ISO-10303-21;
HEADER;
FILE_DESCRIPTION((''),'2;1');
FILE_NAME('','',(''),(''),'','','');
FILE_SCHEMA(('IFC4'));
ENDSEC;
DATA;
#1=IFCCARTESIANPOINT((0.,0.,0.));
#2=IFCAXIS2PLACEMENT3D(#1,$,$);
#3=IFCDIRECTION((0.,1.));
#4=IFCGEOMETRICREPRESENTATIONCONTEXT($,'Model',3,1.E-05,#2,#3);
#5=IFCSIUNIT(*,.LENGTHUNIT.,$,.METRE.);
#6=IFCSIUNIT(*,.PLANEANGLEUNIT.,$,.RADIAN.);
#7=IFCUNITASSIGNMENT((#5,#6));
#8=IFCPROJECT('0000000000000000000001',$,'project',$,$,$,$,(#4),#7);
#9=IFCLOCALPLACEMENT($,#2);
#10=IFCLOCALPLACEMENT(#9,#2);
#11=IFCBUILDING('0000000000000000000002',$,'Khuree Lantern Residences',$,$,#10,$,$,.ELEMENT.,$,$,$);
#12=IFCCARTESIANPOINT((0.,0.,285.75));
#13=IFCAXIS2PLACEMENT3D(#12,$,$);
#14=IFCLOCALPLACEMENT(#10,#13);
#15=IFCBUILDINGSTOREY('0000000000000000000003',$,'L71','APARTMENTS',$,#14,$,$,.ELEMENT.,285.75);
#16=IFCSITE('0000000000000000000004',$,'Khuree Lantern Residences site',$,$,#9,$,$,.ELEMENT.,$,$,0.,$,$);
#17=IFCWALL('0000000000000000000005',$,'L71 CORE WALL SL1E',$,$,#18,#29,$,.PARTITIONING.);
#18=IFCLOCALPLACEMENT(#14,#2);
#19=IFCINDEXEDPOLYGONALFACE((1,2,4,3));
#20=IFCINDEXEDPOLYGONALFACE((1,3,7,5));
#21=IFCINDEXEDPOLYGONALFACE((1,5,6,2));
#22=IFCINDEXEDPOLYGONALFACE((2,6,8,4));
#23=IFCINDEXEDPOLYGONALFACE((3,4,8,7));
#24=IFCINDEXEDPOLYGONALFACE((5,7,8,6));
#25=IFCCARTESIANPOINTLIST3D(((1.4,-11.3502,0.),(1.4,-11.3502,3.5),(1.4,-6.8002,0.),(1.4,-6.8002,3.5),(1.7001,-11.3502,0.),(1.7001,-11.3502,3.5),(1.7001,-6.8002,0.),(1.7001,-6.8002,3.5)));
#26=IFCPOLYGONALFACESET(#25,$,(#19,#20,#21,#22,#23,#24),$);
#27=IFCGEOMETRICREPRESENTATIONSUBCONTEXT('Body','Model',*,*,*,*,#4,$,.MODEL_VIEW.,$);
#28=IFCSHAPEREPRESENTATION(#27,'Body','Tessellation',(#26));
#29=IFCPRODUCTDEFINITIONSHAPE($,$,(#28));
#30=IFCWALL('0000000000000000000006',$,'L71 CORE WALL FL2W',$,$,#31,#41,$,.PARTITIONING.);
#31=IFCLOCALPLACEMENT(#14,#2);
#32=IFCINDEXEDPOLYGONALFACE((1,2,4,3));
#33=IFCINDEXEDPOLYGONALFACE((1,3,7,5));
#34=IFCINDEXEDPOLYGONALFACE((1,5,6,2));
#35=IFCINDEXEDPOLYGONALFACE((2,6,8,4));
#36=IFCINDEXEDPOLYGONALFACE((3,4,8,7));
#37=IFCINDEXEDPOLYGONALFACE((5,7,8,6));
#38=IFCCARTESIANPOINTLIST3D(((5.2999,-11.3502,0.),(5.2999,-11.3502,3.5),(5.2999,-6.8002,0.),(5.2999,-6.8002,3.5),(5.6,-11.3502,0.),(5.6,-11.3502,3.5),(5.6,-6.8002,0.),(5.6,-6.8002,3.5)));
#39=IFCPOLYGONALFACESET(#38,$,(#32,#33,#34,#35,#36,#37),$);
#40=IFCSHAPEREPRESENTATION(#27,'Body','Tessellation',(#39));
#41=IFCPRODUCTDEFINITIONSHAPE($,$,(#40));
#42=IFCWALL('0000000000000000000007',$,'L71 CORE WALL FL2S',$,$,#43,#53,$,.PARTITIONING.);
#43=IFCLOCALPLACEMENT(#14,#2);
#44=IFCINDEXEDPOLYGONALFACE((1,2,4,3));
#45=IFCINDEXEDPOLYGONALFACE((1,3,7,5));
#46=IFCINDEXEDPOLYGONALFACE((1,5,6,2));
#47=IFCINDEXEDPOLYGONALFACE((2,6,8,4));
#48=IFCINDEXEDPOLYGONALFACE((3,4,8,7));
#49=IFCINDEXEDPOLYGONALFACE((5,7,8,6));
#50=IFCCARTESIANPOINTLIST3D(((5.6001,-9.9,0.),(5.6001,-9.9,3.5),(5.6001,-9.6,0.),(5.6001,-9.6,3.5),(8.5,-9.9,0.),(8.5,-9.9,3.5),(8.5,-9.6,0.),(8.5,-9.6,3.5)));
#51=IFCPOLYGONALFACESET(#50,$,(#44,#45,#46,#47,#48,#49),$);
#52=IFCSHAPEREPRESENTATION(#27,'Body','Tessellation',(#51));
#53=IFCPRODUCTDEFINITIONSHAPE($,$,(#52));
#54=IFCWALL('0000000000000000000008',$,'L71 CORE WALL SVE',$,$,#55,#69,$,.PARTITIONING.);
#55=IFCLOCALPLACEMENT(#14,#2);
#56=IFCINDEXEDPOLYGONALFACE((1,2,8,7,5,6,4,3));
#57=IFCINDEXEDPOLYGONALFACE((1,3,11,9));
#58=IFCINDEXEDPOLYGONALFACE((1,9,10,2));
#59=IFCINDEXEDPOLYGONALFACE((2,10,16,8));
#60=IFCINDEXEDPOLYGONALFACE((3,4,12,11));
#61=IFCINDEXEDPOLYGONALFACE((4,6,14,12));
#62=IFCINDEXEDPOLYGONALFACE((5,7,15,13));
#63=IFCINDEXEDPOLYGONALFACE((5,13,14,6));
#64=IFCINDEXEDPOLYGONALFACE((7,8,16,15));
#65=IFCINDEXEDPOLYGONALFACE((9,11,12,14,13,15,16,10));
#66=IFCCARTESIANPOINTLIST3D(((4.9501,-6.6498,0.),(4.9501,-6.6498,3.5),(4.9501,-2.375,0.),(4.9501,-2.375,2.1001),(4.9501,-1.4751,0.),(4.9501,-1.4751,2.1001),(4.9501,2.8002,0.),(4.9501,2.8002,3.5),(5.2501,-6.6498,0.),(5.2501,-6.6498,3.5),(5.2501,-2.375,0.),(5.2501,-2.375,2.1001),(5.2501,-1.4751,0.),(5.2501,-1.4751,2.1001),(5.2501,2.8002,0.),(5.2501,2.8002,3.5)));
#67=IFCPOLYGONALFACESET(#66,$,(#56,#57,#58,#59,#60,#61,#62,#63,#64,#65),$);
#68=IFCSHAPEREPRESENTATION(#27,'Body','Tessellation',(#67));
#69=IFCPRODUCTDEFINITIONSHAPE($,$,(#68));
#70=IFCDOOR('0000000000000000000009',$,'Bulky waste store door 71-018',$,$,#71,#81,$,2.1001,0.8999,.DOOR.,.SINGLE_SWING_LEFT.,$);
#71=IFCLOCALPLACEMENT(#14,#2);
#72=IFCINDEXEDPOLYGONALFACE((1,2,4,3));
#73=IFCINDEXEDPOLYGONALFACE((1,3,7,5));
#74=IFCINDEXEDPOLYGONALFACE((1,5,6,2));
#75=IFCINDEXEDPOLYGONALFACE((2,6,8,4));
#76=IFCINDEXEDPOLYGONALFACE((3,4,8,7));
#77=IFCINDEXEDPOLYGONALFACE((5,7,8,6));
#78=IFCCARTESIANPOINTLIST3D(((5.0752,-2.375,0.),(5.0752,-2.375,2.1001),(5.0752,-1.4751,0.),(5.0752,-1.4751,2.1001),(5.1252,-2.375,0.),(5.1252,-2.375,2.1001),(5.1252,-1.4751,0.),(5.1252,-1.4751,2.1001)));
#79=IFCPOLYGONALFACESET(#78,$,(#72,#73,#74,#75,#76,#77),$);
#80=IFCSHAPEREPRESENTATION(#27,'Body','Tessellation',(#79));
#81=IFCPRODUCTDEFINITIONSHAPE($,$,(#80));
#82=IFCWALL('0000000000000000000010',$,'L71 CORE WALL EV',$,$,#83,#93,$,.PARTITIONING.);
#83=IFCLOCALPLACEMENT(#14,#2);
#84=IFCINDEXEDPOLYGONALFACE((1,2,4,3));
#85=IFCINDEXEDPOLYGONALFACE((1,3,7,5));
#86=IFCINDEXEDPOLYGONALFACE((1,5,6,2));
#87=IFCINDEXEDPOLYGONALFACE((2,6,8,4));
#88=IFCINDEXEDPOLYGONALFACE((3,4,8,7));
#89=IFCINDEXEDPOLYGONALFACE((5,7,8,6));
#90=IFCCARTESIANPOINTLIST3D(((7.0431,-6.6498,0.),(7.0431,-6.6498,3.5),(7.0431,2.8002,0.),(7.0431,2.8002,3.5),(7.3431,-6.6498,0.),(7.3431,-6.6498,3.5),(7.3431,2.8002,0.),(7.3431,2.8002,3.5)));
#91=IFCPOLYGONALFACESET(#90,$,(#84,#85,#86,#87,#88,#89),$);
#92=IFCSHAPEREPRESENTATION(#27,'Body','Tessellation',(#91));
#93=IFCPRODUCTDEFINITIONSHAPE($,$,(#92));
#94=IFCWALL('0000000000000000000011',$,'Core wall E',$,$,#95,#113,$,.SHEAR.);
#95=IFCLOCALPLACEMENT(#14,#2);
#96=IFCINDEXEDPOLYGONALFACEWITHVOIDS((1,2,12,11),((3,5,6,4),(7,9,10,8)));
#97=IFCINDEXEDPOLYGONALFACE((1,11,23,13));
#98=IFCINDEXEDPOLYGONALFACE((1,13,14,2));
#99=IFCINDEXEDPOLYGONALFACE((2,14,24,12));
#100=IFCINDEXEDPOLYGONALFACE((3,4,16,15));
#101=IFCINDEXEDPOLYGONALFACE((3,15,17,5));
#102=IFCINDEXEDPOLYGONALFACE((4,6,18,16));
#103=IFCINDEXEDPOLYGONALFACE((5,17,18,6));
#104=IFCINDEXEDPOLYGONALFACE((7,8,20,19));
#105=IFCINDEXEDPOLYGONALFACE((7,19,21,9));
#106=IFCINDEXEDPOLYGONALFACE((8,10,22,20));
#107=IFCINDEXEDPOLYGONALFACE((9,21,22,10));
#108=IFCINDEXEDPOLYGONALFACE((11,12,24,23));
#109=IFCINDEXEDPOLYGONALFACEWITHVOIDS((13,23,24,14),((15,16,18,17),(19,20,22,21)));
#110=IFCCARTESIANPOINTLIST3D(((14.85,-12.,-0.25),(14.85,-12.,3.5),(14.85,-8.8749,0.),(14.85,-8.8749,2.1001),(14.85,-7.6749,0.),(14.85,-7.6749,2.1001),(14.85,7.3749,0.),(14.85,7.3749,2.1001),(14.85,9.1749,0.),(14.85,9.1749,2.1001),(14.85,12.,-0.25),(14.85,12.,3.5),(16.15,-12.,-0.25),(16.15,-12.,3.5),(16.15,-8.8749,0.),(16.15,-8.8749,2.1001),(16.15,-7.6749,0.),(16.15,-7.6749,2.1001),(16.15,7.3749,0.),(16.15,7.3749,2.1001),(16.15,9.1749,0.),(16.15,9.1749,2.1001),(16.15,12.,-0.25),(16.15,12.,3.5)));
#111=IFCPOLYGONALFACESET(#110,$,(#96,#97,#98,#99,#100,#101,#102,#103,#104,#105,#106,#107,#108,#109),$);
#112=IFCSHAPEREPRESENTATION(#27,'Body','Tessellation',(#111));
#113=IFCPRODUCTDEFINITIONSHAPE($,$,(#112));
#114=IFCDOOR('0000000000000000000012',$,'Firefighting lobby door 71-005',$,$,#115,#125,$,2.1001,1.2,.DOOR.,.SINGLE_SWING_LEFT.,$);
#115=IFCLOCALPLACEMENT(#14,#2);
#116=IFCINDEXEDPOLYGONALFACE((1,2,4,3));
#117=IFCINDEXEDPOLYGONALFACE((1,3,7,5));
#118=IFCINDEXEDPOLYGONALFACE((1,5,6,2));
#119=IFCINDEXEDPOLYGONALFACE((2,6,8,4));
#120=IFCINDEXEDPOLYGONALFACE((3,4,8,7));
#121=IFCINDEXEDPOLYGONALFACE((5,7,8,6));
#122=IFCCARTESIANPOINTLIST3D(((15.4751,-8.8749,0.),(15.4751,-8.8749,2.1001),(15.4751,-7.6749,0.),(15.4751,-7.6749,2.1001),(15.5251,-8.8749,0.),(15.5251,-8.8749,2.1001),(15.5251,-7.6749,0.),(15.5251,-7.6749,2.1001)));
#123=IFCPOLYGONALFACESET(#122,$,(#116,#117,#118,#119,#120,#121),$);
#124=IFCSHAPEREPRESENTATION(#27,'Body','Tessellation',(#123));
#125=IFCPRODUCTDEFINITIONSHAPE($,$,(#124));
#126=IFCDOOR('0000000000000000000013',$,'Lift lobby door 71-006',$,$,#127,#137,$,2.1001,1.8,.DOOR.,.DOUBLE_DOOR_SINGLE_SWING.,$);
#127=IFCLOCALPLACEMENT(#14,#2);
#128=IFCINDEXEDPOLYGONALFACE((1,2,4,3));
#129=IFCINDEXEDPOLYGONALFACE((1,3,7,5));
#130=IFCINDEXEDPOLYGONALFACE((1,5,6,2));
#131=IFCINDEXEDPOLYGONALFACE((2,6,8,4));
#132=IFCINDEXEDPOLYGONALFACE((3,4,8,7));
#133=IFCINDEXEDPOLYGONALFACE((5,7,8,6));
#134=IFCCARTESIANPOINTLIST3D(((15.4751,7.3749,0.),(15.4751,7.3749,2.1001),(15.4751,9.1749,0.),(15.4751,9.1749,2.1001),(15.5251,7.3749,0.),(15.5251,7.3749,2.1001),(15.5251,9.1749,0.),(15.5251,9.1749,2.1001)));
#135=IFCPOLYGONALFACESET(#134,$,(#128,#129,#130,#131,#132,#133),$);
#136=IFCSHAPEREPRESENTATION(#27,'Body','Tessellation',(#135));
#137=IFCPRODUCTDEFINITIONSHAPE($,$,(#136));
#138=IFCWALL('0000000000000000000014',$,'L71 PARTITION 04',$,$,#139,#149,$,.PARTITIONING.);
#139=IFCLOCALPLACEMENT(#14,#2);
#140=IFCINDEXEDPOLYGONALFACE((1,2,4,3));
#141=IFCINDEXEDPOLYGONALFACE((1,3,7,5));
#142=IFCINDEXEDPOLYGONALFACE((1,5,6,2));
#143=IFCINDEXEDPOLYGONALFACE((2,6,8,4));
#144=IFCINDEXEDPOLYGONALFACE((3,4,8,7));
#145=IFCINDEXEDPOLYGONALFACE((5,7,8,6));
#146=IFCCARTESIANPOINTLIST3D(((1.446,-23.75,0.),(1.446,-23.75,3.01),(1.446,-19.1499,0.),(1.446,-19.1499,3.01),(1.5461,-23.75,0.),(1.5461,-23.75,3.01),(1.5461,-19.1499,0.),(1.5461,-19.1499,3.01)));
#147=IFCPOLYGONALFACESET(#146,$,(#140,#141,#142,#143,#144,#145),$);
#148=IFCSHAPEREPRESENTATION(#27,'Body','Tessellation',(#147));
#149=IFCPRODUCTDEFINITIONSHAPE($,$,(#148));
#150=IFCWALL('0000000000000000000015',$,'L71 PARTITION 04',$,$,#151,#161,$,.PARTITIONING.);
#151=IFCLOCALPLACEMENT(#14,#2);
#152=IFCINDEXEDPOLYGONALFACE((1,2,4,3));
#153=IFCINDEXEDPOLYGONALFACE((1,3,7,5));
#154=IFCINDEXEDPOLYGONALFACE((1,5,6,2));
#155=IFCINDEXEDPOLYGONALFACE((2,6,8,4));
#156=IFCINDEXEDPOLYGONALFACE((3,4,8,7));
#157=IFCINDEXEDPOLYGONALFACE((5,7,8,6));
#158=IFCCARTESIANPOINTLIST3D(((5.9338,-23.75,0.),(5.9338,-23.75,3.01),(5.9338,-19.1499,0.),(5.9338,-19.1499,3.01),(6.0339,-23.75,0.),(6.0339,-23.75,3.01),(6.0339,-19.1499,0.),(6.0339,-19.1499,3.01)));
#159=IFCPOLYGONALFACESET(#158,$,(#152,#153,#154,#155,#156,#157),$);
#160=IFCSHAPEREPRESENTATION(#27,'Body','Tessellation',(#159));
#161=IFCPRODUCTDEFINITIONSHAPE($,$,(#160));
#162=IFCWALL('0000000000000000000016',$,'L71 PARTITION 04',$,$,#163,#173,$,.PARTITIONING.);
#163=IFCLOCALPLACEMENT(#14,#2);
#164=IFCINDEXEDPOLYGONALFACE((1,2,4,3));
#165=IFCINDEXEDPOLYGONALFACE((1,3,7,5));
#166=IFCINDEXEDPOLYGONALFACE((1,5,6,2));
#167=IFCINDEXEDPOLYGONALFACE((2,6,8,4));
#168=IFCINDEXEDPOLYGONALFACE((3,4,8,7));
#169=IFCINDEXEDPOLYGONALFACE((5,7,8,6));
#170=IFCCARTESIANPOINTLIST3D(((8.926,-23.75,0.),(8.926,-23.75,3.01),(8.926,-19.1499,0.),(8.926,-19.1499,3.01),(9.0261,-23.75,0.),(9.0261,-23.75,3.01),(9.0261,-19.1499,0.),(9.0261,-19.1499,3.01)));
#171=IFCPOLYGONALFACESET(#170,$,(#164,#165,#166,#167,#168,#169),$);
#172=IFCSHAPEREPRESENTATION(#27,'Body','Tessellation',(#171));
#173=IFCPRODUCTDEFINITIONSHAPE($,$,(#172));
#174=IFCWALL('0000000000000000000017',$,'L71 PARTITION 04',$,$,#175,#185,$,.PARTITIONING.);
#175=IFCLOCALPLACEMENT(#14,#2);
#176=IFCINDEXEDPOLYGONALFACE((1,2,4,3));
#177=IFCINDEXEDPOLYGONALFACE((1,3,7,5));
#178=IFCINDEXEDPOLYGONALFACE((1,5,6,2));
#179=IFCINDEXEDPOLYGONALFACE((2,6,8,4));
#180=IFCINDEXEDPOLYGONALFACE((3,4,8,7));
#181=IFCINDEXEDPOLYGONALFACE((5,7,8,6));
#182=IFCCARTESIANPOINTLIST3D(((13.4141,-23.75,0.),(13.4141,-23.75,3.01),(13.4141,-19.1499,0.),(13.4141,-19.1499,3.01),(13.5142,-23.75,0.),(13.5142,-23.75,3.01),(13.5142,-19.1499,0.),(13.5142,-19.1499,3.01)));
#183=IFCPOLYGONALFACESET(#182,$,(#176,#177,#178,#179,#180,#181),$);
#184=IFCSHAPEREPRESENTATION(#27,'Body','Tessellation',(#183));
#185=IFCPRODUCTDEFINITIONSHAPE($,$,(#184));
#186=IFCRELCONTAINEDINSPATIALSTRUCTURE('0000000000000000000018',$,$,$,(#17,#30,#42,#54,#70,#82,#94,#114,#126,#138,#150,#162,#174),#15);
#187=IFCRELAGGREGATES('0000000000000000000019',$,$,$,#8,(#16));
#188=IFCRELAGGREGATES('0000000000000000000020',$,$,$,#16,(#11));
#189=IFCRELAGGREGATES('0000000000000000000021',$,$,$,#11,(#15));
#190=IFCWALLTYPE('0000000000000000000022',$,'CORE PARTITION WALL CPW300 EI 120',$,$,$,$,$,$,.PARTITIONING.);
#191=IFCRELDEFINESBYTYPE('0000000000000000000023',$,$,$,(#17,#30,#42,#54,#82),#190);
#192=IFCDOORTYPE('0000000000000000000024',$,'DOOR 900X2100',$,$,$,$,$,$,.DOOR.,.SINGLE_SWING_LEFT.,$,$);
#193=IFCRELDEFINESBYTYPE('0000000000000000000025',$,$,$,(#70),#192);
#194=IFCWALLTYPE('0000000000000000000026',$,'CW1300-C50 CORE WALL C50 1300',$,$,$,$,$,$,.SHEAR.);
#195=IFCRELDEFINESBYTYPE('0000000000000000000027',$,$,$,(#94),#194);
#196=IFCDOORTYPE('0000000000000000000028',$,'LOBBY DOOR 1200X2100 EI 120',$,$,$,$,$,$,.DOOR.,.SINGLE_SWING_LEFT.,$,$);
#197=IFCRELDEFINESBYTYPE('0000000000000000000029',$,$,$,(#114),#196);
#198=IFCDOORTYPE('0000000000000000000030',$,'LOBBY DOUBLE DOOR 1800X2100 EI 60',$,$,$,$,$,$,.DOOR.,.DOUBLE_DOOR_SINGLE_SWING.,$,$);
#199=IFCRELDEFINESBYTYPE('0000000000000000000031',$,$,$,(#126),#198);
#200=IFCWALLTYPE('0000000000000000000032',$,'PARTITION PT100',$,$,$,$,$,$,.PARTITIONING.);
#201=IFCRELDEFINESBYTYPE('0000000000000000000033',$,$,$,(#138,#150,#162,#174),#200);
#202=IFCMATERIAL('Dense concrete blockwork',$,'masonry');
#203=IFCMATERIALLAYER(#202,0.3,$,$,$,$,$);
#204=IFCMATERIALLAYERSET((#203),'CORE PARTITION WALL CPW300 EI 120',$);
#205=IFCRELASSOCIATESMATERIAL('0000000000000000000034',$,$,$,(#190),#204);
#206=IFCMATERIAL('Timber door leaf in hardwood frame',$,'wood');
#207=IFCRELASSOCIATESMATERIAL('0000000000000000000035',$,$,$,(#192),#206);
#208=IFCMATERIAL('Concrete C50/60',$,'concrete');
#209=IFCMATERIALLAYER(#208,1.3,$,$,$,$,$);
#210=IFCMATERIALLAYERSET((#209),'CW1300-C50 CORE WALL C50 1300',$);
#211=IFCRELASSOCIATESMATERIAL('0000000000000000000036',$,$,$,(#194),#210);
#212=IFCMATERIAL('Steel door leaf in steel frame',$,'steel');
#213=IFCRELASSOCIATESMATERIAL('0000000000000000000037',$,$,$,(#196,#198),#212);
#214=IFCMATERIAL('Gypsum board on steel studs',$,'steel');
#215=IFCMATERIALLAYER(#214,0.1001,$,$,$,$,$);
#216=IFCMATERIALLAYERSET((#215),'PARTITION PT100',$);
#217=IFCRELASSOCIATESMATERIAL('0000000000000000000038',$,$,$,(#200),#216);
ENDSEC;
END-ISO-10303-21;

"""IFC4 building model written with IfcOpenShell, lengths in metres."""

from ifc_helpers import new_model, si_unit, direction, frame, frame_2d, origin, place, context, subcontext, project, spatial, rectangle, extrude, material, layer, layer_set, type_object, element, fill, save


model = new_model("IFC4")

# Units and contexts
model_context = context("Model", 3, precision=1e-05, world=origin(), true_north=direction((0.0, 1.0)))
body_context = subcontext(model_context, "Body", "Model", "MODEL_VIEW")
ifc_project = project(units=[si_unit("LENGTHUNIT", "METRE"), si_unit("PLANEANGLEUNIT", "RADIAN")], contexts=[model_context])

# Site, building, storey
site_placement = place(None, origin())
site = spatial("IfcSite", under=ifc_project, at=site_placement, Name="Khuree Lantern Residences site", CompositionType="ELEMENT", RefElevation=0.0)
building_placement = place(site_placement, origin())
building = spatial("IfcBuilding", under=site, at=building_placement, Name="Khuree Lantern Residences", CompositionType="ELEMENT")
storey_placement = place(building_placement, frame((0.0, 0.0, 285.75)))
storey = spatial("IfcBuildingStorey", under=building, at=storey_placement, Name="L71", Description="APARTMENTS", CompositionType="ELEMENT", Elevation=285.75)

# Shared definitions
ifc_material_1 = material(Name="Concrete C50/60", Category="concrete")

# Shared definitions
ifc_material_2 = material(Name="Dense concrete blockwork", Category="masonry")
ifc_layer_1 = layer(ifc_material_2, 0.3)
ifc_layer_set_1 = layer_set([ifc_layer_1], Name="CORE PARTITION WALL CPW300 EI 120")
wall_type_1 = type_object("IfcWallType", Name="CORE PARTITION WALL CPW300 EI 120", PredefinedType="PARTITIONING", material=ifc_layer_set_1)

# Walls
for number, where, z_axis, x_axis, name in (
    (1, (1.55, -11.3501, 0.0), (0.0, 0.0, 1.0), (0.0, 1.0, 0.0), "L71 CORE WALL SL1E"),
    (2, (5.45, -11.3501, 0.0), (0.0, 0.0, 1.0), (0.0, 1.0, 0.0), "L71 CORE WALL FL2W"),
):
    element("IfcWall", number, at=place(storey_placement, frame(where, z_axis=z_axis, x_axis=x_axis)), inside=storey, type_object=wall_type_1, Name=name, PredefinedType="PARTITIONING", context=body_context, shape_type="SweptSolid", body=[
        extrude(rectangle(XDim=4.55, YDim=0.3, at=frame_2d((2.2749, 0.0))), origin(), (0.0, 0.0, 1.0), 3.5),
    ])
wall_1_placement = place(storey_placement, frame((5.6001, -9.75, 0.0), z_axis=(0.0, 0.0, 1.0), x_axis=(1.0, 0.0, 0.0)))
element("IfcWall", 3, at=wall_1_placement, inside=storey, type_object=wall_type_1, Name="L71 CORE WALL FL2S", PredefinedType="PARTITIONING", context=body_context, shape_type="SweptSolid", body=[
    extrude(rectangle(XDim=2.8999, YDim=0.3, at=frame_2d((1.45, 0.0))), origin(), (0.0, 0.0, 1.0), 3.5),
])

# Wall, opening, door
wall_2_placement = place(storey_placement, frame((5.1001, -6.6499, 0.0), z_axis=(0.0, 0.0, 1.0), x_axis=(0.0, 1.0, 0.0)))
wall_2 = element("IfcWall", 4, at=wall_2_placement, inside=storey, type_object=wall_type_1, Name="L71 CORE WALL SVE", PredefinedType="PARTITIONING", context=body_context, shape_type="SweptSolid", body=[
    extrude(rectangle(XDim=9.45, YDim=0.3, at=frame_2d((4.7251, 0.0))), origin(), (0.0, 0.0, 1.0), 3.5),
])
opening_1_placement = place(wall_2_placement, frame((4.2749, 0.0, 0.0)))
opening_1 = element("IfcOpeningElement", 5, at=opening_1_placement, cuts=wall_2, PredefinedType="OPENING", context=body_context, shape_type="SweptSolid", body=[
    extrude(rectangle(XDim=0.8999, YDim=2.1001, at=frame_2d((0.45, 1.05))), frame((0.0, 0.1602, 0.0), z_axis=(0.0, -1.0, 0.0), x_axis=(1.0, 0.0, 0.0)), (0.0, 0.0, 1.0), 0.3201),
])
ifc_material_3 = material(Name="Timber door leaf in hardwood frame", Category="wood")
door_type_1 = type_object("IfcDoorType", Name="DOOR 900X2100", OperationType="SINGLE_SWING_LEFT", PredefinedType="DOOR", material=ifc_material_3)
door_1_placement = place(opening_1_placement, origin())
door_1 = element("IfcDoor", 6, at=door_1_placement, inside=storey, type_object=door_type_1, Name="Bulky waste store door 71-018", OperationType="SINGLE_SWING_LEFT", OverallHeight=2.1001, OverallWidth=0.8999, PredefinedType="DOOR", context=body_context, shape_type="SweptSolid", body=[
    extrude(rectangle(XDim=0.8999, YDim=2.1001, at=frame_2d((0.45, 1.05))), frame((0.0, 0.0249, 0.0), z_axis=(0.0, -1.0, 0.0), x_axis=(1.0, 0.0, 0.0)), (0.0, 0.0, 1.0), 0.05),
])
fill(opening_1, door_1)

# Wall
wall_3_placement = place(storey_placement, frame((7.1931, -6.6499, 0.0), z_axis=(0.0, 0.0, 1.0), x_axis=(0.0, 1.0, 0.0)))
element("IfcWall", 7, at=wall_3_placement, inside=storey, type_object=wall_type_1, Name="L71 CORE WALL EV", PredefinedType="PARTITIONING", context=body_context, shape_type="SweptSolid", body=[
    extrude(rectangle(XDim=9.45, YDim=0.3, at=frame_2d((4.7251, 0.0))), origin(), (0.0, 0.0, 1.0), 3.5),
])

# Wall, openings, doors
ifc_layer_2 = layer(ifc_material_1, 1.3)
ifc_layer_set_2 = layer_set([ifc_layer_2], Name="CW1300-C50 CORE WALL C50 1300")
wall_type_2 = type_object("IfcWallType", Name="CW1300-C50 CORE WALL C50 1300", PredefinedType="SHEAR", material=ifc_layer_set_2)
wall_4_placement = place(storey_placement, frame((15.5, -12.0, -0.25), z_axis=(0.0, 0.0, 1.0), x_axis=(0.0, 1.0, 0.0)))
wall_4 = element("IfcWall", 8, at=wall_4_placement, inside=storey, type_object=wall_type_2, Name="Core wall E", PredefinedType="SHEAR", context=body_context, shape_type="SweptSolid", body=[
    extrude(rectangle(XDim=24.0, YDim=1.3, at=frame_2d((12.0, 0.0))), origin(), (0.0, 0.0, 1.0), 3.75),
])
opening_2_placement = place(wall_4_placement, frame((3.125, 0.0, 0.25)))
opening_2 = element("IfcOpeningElement", 9, at=opening_2_placement, cuts=wall_4, PredefinedType="OPENING", context=body_context, shape_type="SweptSolid", body=[
    extrude(rectangle(XDim=1.2, YDim=2.1001, at=frame_2d((0.6001, 1.05))), frame((0.0, 0.6602, 0.0), z_axis=(0.0, -1.0, 0.0), x_axis=(1.0, 0.0, 0.0)), (0.0, 0.0, 1.0), 1.3201),
])
opening_3_placement = place(wall_4_placement, frame((19.375, 0.0, 0.25)))
opening_3 = element("IfcOpeningElement", 10, at=opening_3_placement, cuts=wall_4, PredefinedType="OPENING", context=body_context, shape_type="SweptSolid", body=[
    extrude(rectangle(XDim=1.8, YDim=2.1001, at=frame_2d((0.8999, 1.05))), frame((0.0, 0.6602, 0.0), z_axis=(0.0, -1.0, 0.0), x_axis=(1.0, 0.0, 0.0)), (0.0, 0.0, 1.0), 1.3201),
])
ifc_material_4 = material(Name="Steel door leaf in steel frame", Category="steel")
door_type_2 = type_object("IfcDoorType", Name="LOBBY DOOR 1200X2100 EI 120", OperationType="SINGLE_SWING_LEFT", PredefinedType="DOOR", material=ifc_material_4)
door_2_placement = place(opening_2_placement, origin())
door_2 = element("IfcDoor", 11, at=door_2_placement, inside=storey, type_object=door_type_2, Name="Firefighting lobby door 71-005", OperationType="SINGLE_SWING_LEFT", OverallHeight=2.1001, OverallWidth=1.2, PredefinedType="DOOR", context=body_context, shape_type="SweptSolid", body=[
    extrude(rectangle(XDim=1.2, YDim=2.1001, at=frame_2d((0.6001, 1.05))), frame((0.0, 0.0249, 0.0), z_axis=(0.0, -1.0, 0.0), x_axis=(1.0, 0.0, 0.0)), (0.0, 0.0, 1.0), 0.05),
])
fill(opening_2, door_2)
door_type_3 = type_object("IfcDoorType", Name="LOBBY DOUBLE DOOR 1800X2100 EI 60", OperationType="DOUBLE_DOOR_SINGLE_SWING", PredefinedType="DOOR", material=ifc_material_4)
door_3_placement = place(opening_3_placement, origin())
door_3 = element("IfcDoor", 12, at=door_3_placement, inside=storey, type_object=door_type_3, Name="Lift lobby door 71-006", OperationType="DOUBLE_DOOR_SINGLE_SWING", OverallHeight=2.1001, OverallWidth=1.8, PredefinedType="DOOR", context=body_context, shape_type="SweptSolid", body=[
    extrude(rectangle(XDim=1.8, YDim=2.1001, at=frame_2d((0.8999, 1.05))), frame((0.0, 0.0249, 0.0), z_axis=(0.0, -1.0, 0.0), x_axis=(1.0, 0.0, 0.0)), (0.0, 0.0, 1.0), 0.05),
])
fill(opening_3, door_3)

# Walls
ifc_material_5 = material(Name="Gypsum board on steel studs", Category="steel")
ifc_layer_3 = layer(ifc_material_5, 0.1001)
ifc_layer_set_3 = layer_set([ifc_layer_3], Name="PARTITION PT100")
wall_type_3 = type_object("IfcWallType", Name="PARTITION PT100", PredefinedType="PARTITIONING", material=ifc_layer_set_3)
for number, where, z_axis, x_axis, name in (
    (13, (1.4961, -19.1499, 0.0), (0.0, 0.0, 1.0), (0.0, -1.0, 0.0), "L71 PARTITION 04"),
    (14, (5.9839, -19.1499, 0.0), (0.0, 0.0, 1.0), (0.0, -1.0, 0.0), "L71 PARTITION 04"),
    (15, (8.9761, -19.1499, 0.0), (0.0, 0.0, 1.0), (0.0, -1.0, 0.0), "L71 PARTITION 04"),
    (16, (13.4641, -19.1499, 0.0), (0.0, 0.0, 1.0), (0.0, -1.0, 0.0), "L71 PARTITION 04"),
):
    element("IfcWall", number, at=place(storey_placement, frame(where, z_axis=z_axis, x_axis=x_axis)), inside=storey, type_object=wall_type_3, Name=name, PredefinedType="PARTITIONING", context=body_context, shape_type="SweptSolid", body=[
        extrude(rectangle(XDim=4.6001, YDim=0.1001, at=frame_2d((2.3, 0.0))), origin(), (0.0, 0.0, 1.0), 3.01),
    ])

save(model, "model.ifc")
